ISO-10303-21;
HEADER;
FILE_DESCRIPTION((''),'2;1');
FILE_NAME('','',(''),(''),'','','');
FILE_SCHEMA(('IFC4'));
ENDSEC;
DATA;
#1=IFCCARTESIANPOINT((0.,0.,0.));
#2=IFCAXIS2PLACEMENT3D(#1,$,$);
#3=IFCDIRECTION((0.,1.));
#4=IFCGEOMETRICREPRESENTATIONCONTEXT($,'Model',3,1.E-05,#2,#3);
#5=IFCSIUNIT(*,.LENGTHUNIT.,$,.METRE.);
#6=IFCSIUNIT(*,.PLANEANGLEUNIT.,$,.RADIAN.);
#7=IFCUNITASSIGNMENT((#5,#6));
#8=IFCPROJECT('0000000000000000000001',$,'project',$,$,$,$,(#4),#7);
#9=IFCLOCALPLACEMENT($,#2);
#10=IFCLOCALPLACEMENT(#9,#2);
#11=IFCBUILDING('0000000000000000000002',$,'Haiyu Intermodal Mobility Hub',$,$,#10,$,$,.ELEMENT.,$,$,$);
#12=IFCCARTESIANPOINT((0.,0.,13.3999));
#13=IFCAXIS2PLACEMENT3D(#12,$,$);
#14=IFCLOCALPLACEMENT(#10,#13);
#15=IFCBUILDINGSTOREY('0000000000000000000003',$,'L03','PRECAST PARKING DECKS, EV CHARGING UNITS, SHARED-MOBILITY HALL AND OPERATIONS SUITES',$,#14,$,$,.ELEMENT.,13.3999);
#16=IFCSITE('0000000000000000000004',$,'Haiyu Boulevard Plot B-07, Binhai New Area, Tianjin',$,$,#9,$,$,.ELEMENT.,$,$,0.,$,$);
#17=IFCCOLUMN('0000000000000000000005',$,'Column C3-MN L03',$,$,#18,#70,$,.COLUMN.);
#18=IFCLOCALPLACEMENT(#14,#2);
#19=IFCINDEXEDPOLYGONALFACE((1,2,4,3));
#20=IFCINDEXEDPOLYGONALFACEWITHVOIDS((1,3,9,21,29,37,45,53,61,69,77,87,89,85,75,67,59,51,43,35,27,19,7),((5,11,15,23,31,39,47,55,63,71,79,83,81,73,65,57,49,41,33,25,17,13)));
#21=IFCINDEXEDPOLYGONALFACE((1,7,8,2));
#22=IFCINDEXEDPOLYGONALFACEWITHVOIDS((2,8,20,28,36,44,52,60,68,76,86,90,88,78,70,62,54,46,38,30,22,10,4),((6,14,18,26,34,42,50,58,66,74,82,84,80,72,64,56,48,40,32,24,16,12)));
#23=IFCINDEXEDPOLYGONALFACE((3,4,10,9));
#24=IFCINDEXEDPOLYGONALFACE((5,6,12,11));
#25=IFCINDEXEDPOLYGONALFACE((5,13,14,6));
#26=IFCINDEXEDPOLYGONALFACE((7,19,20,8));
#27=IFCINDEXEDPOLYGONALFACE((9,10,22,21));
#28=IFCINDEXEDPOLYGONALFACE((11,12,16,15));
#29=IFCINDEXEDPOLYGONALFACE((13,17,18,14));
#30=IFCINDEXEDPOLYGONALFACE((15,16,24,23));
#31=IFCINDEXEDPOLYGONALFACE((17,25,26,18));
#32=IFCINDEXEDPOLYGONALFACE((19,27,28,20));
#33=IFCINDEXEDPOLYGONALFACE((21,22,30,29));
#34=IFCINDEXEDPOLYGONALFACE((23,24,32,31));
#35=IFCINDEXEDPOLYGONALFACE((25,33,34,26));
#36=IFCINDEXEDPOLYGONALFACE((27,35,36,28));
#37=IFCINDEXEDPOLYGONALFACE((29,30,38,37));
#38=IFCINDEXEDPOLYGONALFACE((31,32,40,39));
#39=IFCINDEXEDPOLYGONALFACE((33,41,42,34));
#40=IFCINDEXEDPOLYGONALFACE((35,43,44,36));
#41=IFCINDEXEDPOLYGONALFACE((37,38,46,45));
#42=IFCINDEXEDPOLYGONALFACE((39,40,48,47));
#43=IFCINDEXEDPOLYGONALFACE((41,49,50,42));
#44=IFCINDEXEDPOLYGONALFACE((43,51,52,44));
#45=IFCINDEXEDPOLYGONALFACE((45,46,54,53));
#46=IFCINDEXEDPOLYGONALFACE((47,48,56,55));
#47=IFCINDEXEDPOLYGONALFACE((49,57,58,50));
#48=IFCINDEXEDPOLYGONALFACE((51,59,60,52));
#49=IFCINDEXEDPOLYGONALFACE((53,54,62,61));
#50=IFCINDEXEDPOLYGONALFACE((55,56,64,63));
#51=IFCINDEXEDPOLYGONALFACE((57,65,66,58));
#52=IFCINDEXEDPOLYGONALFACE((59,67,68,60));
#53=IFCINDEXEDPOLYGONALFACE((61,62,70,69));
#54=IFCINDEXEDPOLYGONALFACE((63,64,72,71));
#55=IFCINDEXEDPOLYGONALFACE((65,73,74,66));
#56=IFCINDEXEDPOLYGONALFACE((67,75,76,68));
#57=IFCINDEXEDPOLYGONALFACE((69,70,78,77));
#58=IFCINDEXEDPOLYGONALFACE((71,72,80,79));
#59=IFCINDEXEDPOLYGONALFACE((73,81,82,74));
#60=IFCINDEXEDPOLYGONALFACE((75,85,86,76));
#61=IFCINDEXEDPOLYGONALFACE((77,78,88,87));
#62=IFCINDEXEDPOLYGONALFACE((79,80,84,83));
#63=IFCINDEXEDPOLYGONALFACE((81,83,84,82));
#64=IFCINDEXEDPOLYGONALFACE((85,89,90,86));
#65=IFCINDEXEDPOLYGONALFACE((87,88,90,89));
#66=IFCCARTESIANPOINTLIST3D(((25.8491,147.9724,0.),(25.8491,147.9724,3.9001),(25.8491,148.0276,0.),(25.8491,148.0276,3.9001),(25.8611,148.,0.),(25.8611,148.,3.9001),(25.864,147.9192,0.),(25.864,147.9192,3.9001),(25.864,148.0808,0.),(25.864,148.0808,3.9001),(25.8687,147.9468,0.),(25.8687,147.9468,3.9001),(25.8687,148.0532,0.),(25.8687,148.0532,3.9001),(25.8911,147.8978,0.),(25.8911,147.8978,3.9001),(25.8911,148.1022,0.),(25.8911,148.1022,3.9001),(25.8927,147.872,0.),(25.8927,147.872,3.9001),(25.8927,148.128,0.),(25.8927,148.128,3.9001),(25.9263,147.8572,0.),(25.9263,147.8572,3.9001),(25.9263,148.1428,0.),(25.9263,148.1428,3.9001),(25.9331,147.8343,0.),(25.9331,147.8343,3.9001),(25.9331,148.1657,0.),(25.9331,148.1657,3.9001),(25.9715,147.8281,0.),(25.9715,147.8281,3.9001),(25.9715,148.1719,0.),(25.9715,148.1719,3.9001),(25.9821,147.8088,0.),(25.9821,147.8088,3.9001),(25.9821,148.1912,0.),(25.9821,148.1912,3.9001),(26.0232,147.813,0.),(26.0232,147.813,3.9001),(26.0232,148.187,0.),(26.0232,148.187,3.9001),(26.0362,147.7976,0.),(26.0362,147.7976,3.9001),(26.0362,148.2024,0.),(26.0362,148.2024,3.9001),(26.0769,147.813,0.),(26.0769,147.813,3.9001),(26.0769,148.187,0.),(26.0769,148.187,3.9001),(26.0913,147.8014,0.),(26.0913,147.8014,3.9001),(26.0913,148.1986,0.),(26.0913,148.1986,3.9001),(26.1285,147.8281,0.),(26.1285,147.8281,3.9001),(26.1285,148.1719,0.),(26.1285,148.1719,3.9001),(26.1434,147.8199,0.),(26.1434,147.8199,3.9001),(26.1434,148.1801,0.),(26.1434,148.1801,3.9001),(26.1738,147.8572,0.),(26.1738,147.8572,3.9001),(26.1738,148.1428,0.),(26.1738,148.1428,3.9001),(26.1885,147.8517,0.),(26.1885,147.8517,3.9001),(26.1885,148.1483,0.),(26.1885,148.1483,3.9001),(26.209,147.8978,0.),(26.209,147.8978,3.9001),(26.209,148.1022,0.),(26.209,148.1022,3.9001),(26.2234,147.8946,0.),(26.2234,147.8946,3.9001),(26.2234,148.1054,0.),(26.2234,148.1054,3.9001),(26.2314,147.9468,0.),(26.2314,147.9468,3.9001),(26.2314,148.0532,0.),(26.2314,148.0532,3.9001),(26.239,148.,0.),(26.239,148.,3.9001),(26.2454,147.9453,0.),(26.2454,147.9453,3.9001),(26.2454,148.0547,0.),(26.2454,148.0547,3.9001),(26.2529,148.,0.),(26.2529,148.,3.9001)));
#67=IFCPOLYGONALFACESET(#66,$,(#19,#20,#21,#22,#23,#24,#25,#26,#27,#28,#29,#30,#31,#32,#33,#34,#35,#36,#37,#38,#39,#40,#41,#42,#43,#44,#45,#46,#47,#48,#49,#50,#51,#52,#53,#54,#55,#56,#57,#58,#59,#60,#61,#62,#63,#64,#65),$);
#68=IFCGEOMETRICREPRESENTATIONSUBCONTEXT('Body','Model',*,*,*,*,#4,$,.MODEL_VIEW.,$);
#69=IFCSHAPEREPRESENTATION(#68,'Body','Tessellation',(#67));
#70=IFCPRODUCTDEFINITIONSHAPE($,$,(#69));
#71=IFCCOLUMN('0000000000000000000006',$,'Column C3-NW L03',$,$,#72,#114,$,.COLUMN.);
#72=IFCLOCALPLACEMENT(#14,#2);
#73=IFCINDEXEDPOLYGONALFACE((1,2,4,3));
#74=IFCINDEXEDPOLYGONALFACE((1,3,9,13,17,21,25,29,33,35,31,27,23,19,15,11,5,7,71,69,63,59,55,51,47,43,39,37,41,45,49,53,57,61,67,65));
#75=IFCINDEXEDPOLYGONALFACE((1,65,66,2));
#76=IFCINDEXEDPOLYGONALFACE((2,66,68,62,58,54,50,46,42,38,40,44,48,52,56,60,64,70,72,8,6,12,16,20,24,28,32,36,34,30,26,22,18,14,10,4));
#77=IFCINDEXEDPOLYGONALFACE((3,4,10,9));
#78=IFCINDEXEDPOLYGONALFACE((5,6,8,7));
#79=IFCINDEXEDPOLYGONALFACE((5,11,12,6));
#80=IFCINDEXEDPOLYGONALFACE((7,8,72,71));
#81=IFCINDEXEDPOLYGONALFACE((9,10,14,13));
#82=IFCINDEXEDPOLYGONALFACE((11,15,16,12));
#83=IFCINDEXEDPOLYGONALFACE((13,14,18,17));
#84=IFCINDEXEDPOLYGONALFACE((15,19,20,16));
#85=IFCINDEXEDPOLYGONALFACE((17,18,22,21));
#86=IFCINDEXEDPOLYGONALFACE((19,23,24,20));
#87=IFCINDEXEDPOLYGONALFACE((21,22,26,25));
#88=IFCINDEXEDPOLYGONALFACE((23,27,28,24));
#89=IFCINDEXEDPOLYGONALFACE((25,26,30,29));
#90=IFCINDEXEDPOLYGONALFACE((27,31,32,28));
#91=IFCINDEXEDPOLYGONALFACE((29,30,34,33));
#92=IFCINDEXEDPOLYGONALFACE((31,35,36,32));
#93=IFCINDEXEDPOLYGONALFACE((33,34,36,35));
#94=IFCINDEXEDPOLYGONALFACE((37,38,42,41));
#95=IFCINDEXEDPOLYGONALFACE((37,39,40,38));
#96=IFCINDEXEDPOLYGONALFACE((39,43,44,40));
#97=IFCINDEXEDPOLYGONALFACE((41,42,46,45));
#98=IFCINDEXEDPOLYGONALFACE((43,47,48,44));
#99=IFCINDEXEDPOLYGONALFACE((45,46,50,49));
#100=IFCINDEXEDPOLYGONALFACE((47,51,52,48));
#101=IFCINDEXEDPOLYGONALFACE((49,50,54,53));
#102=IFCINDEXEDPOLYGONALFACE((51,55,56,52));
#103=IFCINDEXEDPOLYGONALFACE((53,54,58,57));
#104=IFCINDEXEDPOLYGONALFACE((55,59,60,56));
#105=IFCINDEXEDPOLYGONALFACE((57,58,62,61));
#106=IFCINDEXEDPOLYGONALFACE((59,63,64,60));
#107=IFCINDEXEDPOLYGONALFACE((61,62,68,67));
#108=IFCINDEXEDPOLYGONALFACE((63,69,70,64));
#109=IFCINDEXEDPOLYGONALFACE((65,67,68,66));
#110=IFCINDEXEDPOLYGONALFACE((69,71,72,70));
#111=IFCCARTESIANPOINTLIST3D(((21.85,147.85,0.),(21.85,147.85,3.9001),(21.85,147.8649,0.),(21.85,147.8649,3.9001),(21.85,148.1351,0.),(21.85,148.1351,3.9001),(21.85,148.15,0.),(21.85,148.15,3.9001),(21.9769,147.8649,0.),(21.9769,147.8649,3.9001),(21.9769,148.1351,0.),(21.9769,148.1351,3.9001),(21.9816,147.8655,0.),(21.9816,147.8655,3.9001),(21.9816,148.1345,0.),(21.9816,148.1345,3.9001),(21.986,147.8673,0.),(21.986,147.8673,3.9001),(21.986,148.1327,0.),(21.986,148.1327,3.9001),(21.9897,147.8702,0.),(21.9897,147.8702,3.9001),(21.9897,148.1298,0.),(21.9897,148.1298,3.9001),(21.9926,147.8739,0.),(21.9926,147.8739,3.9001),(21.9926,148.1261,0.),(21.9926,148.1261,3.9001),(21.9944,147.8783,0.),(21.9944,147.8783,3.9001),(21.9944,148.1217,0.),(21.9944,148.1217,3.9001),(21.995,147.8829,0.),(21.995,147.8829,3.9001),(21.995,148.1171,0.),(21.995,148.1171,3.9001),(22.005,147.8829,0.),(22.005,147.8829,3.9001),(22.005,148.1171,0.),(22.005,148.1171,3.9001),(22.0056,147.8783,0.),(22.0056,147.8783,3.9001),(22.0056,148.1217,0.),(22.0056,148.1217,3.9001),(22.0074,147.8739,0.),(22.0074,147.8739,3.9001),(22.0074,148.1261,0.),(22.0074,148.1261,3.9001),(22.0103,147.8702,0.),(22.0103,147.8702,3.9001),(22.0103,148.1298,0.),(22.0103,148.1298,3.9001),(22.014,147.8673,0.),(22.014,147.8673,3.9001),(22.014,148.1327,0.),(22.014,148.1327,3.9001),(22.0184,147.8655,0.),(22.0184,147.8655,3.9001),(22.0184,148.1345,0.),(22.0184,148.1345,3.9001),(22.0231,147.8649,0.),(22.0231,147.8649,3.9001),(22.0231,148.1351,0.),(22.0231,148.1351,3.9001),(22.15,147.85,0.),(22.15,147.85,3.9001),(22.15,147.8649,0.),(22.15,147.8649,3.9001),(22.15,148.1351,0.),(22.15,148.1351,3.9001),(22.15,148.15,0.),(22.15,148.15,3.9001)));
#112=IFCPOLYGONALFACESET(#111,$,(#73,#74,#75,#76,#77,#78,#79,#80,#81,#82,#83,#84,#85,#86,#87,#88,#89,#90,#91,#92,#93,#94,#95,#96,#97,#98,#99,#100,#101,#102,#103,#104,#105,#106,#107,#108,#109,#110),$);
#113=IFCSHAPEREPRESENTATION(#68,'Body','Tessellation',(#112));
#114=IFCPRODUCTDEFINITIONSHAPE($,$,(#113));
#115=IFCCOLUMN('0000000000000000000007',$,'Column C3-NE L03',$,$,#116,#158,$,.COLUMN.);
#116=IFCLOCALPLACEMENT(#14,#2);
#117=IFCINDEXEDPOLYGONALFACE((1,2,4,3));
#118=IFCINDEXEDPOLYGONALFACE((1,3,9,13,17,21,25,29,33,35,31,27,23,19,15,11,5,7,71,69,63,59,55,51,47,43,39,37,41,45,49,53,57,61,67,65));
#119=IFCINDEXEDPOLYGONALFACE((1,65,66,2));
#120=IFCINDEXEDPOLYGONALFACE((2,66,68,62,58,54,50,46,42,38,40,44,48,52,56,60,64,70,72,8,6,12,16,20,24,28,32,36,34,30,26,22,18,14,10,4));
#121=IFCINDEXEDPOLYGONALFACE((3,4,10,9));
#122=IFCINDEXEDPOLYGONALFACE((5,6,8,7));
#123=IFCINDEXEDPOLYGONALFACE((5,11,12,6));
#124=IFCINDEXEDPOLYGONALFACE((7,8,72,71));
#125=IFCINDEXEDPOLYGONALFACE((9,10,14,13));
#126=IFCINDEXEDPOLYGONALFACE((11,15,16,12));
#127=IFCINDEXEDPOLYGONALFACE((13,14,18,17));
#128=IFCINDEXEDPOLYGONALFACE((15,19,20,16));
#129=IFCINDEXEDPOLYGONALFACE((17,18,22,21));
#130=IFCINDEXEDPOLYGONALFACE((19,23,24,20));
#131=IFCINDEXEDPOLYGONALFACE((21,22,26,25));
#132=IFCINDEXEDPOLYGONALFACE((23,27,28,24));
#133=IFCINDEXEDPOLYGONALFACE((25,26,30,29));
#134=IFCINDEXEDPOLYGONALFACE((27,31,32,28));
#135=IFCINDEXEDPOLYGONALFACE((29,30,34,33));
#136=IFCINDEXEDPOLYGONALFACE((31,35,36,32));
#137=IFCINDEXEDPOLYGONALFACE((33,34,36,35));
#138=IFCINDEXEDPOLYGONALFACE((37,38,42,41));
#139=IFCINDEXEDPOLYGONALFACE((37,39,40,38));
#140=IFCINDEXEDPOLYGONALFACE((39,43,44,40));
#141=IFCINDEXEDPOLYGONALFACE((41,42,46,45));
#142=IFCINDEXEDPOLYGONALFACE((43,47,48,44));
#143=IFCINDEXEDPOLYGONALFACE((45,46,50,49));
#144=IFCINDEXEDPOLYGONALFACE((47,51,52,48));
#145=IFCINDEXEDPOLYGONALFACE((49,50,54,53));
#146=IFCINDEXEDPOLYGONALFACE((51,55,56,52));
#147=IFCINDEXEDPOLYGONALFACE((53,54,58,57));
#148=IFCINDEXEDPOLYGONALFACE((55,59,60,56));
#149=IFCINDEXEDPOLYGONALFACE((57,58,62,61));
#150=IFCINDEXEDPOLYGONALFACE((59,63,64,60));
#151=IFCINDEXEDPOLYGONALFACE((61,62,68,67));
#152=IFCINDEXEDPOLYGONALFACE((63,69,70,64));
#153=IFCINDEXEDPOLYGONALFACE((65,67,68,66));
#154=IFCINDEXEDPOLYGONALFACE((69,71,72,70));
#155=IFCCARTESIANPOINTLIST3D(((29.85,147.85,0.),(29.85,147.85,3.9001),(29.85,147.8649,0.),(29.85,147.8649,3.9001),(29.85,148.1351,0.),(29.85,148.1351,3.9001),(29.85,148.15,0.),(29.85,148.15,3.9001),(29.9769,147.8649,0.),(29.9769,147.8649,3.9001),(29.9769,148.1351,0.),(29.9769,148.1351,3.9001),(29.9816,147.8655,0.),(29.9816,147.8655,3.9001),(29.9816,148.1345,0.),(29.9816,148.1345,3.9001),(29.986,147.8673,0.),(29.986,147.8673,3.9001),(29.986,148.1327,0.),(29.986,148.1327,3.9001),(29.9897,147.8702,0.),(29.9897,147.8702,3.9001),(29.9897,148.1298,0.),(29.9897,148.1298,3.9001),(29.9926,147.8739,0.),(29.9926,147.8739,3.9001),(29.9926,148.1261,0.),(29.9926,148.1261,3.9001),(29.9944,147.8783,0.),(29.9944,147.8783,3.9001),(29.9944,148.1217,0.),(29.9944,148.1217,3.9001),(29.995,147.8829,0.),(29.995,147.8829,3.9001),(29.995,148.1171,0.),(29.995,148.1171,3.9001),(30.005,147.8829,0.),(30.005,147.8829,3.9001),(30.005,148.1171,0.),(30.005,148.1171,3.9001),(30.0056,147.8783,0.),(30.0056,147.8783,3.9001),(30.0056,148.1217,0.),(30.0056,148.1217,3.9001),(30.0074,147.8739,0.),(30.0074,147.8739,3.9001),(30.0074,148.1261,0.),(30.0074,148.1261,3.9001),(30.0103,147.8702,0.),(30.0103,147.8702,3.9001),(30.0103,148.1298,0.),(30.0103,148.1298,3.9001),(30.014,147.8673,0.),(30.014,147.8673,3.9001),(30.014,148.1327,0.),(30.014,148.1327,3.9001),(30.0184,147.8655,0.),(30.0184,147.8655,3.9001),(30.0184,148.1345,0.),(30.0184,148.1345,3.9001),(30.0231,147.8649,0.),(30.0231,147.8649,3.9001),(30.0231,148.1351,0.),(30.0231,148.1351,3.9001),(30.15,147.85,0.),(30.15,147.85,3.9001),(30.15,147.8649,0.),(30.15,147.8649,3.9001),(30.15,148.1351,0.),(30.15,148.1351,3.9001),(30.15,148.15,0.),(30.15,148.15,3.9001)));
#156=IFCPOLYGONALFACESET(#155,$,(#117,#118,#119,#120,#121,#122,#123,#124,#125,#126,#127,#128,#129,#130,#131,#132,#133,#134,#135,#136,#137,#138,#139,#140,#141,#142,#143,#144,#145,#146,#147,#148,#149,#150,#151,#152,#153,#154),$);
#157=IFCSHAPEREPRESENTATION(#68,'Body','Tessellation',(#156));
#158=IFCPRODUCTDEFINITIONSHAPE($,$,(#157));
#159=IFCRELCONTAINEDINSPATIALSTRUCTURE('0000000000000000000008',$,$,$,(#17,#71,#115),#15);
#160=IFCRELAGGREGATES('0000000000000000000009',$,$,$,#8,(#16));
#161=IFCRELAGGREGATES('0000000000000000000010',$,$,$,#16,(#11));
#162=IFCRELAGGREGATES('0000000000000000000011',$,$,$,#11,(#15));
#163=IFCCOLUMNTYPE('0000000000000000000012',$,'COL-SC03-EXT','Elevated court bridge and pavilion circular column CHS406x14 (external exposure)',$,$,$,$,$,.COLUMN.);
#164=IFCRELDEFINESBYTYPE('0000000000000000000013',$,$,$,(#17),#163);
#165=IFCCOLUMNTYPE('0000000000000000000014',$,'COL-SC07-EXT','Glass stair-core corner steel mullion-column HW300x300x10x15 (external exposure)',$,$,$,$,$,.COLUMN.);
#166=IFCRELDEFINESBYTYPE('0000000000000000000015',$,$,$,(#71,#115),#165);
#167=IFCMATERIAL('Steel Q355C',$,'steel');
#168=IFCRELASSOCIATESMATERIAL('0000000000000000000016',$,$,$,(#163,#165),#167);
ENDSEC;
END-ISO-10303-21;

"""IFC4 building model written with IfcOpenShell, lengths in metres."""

from ifc_helpers import new_model, si_unit, direction, frame, origin, origin_2d, place, context, subcontext, project, spatial, hollow_circle, i_section, extrude, material, material_profile, profile_set, type_object, element, save


model = new_model("IFC4")

# Units and contexts
model_context = context("Model", 3, precision=1e-05, world=origin(), true_north=direction((0.0, 1.0)))
body_context = subcontext(model_context, "Body", "Model", "MODEL_VIEW")
ifc_project = project(units=[si_unit("LENGTHUNIT", "METRE"), si_unit("PLANEANGLEUNIT", "RADIAN")], contexts=[model_context])

# Site, building, storey
site_placement = place(None, origin())
site = spatial("IfcSite", under=ifc_project, at=site_placement, Name="Haiyu Boulevard Plot B-07, Binhai New Area, Tianjin", CompositionType="ELEMENT", RefElevation=0.0)
building_placement = place(site_placement, origin())
building = spatial("IfcBuilding", under=site, at=building_placement, Name="Haiyu Intermodal Mobility Hub", CompositionType="ELEMENT")
storey_placement = place(building_placement, frame((0.0, 0.0, 13.3999)))
storey = spatial("IfcBuildingStorey", under=building, at=storey_placement, Name="L03", Description="PRECAST PARKING DECKS, EV CHARGING UNITS, SHARED-MOBILITY HALL AND OPERATIONS SUITES", CompositionType="ELEMENT", Elevation=13.3999)

# Columns
ifc_material_1 = material(Name="Steel Q355C", Category="steel")
ifc_material_profile_1 = material_profile(ifc_material_1, hollow_circle(Radius=0.2029, WallThickness=0.0139, at=origin_2d()), Name="CHS406x14")
ifc_profile_set_1 = profile_set([ifc_material_profile_1], Name="Steel Q355C")
column_type_1 = type_object("IfcColumnType", Name="COL-SC03-EXT", Description="Elevated court bridge and pavilion circular column CHS406x14 (external exposure)", PredefinedType="COLUMN", material=ifc_profile_set_1)
column_placement = place(storey_placement, frame((26.05, 148.0, 0.0), z_axis=(0.0, 0.0, 1.0), x_axis=(1.0, 0.0, 0.0)))
element("IfcColumn", 1, at=column_placement, inside=storey, type_object=column_type_1, Name="Column C3-MN L03", PredefinedType="COLUMN", context=body_context, shape_type="SweptSolid", body=[
    extrude(hollow_circle(Radius=0.2029, WallThickness=0.0139, at=origin_2d()), origin(), (0.0, 0.0, 1.0), 3.9001),
])
ifc_material_profile_2 = material_profile(ifc_material_1, i_section(OverallWidth=0.3, OverallDepth=0.3, WebThickness=0.01, FlangeThickness=0.0149, FilletRadius=0.0181, at=origin_2d()), Name="HW300x300x10x15")
ifc_profile_set_2 = profile_set([ifc_material_profile_2], Name="Steel Q355C")
column_type_2 = type_object("IfcColumnType", Name="COL-SC07-EXT", Description="Glass stair-core corner steel mullion-column HW300x300x10x15 (external exposure)", PredefinedType="COLUMN", material=ifc_profile_set_2)
for number, where, z_axis, x_axis, name in (
    (2, (22.0, 148.0, 0.0), (0.0, 0.0, 1.0), (1.0, 0.0, 0.0), "Column C3-NW L03"),
    (3, (30.0, 148.0, 0.0), (0.0, 0.0, 1.0), (1.0, 0.0, 0.0), "Column C3-NE L03"),
):
    element("IfcColumn", number, at=place(storey_placement, frame(where, z_axis=z_axis, x_axis=x_axis)), inside=storey, type_object=column_type_2, Name=name, PredefinedType="COLUMN", context=body_context, shape_type="SweptSolid", body=[
        extrude(i_section(OverallWidth=0.3, OverallDepth=0.3, WebThickness=0.01, FlangeThickness=0.0149, FilletRadius=0.0181, at=origin_2d()), origin(), (0.0, 0.0, 1.0), 3.9001),
    ])

save(model, "model.ifc")
